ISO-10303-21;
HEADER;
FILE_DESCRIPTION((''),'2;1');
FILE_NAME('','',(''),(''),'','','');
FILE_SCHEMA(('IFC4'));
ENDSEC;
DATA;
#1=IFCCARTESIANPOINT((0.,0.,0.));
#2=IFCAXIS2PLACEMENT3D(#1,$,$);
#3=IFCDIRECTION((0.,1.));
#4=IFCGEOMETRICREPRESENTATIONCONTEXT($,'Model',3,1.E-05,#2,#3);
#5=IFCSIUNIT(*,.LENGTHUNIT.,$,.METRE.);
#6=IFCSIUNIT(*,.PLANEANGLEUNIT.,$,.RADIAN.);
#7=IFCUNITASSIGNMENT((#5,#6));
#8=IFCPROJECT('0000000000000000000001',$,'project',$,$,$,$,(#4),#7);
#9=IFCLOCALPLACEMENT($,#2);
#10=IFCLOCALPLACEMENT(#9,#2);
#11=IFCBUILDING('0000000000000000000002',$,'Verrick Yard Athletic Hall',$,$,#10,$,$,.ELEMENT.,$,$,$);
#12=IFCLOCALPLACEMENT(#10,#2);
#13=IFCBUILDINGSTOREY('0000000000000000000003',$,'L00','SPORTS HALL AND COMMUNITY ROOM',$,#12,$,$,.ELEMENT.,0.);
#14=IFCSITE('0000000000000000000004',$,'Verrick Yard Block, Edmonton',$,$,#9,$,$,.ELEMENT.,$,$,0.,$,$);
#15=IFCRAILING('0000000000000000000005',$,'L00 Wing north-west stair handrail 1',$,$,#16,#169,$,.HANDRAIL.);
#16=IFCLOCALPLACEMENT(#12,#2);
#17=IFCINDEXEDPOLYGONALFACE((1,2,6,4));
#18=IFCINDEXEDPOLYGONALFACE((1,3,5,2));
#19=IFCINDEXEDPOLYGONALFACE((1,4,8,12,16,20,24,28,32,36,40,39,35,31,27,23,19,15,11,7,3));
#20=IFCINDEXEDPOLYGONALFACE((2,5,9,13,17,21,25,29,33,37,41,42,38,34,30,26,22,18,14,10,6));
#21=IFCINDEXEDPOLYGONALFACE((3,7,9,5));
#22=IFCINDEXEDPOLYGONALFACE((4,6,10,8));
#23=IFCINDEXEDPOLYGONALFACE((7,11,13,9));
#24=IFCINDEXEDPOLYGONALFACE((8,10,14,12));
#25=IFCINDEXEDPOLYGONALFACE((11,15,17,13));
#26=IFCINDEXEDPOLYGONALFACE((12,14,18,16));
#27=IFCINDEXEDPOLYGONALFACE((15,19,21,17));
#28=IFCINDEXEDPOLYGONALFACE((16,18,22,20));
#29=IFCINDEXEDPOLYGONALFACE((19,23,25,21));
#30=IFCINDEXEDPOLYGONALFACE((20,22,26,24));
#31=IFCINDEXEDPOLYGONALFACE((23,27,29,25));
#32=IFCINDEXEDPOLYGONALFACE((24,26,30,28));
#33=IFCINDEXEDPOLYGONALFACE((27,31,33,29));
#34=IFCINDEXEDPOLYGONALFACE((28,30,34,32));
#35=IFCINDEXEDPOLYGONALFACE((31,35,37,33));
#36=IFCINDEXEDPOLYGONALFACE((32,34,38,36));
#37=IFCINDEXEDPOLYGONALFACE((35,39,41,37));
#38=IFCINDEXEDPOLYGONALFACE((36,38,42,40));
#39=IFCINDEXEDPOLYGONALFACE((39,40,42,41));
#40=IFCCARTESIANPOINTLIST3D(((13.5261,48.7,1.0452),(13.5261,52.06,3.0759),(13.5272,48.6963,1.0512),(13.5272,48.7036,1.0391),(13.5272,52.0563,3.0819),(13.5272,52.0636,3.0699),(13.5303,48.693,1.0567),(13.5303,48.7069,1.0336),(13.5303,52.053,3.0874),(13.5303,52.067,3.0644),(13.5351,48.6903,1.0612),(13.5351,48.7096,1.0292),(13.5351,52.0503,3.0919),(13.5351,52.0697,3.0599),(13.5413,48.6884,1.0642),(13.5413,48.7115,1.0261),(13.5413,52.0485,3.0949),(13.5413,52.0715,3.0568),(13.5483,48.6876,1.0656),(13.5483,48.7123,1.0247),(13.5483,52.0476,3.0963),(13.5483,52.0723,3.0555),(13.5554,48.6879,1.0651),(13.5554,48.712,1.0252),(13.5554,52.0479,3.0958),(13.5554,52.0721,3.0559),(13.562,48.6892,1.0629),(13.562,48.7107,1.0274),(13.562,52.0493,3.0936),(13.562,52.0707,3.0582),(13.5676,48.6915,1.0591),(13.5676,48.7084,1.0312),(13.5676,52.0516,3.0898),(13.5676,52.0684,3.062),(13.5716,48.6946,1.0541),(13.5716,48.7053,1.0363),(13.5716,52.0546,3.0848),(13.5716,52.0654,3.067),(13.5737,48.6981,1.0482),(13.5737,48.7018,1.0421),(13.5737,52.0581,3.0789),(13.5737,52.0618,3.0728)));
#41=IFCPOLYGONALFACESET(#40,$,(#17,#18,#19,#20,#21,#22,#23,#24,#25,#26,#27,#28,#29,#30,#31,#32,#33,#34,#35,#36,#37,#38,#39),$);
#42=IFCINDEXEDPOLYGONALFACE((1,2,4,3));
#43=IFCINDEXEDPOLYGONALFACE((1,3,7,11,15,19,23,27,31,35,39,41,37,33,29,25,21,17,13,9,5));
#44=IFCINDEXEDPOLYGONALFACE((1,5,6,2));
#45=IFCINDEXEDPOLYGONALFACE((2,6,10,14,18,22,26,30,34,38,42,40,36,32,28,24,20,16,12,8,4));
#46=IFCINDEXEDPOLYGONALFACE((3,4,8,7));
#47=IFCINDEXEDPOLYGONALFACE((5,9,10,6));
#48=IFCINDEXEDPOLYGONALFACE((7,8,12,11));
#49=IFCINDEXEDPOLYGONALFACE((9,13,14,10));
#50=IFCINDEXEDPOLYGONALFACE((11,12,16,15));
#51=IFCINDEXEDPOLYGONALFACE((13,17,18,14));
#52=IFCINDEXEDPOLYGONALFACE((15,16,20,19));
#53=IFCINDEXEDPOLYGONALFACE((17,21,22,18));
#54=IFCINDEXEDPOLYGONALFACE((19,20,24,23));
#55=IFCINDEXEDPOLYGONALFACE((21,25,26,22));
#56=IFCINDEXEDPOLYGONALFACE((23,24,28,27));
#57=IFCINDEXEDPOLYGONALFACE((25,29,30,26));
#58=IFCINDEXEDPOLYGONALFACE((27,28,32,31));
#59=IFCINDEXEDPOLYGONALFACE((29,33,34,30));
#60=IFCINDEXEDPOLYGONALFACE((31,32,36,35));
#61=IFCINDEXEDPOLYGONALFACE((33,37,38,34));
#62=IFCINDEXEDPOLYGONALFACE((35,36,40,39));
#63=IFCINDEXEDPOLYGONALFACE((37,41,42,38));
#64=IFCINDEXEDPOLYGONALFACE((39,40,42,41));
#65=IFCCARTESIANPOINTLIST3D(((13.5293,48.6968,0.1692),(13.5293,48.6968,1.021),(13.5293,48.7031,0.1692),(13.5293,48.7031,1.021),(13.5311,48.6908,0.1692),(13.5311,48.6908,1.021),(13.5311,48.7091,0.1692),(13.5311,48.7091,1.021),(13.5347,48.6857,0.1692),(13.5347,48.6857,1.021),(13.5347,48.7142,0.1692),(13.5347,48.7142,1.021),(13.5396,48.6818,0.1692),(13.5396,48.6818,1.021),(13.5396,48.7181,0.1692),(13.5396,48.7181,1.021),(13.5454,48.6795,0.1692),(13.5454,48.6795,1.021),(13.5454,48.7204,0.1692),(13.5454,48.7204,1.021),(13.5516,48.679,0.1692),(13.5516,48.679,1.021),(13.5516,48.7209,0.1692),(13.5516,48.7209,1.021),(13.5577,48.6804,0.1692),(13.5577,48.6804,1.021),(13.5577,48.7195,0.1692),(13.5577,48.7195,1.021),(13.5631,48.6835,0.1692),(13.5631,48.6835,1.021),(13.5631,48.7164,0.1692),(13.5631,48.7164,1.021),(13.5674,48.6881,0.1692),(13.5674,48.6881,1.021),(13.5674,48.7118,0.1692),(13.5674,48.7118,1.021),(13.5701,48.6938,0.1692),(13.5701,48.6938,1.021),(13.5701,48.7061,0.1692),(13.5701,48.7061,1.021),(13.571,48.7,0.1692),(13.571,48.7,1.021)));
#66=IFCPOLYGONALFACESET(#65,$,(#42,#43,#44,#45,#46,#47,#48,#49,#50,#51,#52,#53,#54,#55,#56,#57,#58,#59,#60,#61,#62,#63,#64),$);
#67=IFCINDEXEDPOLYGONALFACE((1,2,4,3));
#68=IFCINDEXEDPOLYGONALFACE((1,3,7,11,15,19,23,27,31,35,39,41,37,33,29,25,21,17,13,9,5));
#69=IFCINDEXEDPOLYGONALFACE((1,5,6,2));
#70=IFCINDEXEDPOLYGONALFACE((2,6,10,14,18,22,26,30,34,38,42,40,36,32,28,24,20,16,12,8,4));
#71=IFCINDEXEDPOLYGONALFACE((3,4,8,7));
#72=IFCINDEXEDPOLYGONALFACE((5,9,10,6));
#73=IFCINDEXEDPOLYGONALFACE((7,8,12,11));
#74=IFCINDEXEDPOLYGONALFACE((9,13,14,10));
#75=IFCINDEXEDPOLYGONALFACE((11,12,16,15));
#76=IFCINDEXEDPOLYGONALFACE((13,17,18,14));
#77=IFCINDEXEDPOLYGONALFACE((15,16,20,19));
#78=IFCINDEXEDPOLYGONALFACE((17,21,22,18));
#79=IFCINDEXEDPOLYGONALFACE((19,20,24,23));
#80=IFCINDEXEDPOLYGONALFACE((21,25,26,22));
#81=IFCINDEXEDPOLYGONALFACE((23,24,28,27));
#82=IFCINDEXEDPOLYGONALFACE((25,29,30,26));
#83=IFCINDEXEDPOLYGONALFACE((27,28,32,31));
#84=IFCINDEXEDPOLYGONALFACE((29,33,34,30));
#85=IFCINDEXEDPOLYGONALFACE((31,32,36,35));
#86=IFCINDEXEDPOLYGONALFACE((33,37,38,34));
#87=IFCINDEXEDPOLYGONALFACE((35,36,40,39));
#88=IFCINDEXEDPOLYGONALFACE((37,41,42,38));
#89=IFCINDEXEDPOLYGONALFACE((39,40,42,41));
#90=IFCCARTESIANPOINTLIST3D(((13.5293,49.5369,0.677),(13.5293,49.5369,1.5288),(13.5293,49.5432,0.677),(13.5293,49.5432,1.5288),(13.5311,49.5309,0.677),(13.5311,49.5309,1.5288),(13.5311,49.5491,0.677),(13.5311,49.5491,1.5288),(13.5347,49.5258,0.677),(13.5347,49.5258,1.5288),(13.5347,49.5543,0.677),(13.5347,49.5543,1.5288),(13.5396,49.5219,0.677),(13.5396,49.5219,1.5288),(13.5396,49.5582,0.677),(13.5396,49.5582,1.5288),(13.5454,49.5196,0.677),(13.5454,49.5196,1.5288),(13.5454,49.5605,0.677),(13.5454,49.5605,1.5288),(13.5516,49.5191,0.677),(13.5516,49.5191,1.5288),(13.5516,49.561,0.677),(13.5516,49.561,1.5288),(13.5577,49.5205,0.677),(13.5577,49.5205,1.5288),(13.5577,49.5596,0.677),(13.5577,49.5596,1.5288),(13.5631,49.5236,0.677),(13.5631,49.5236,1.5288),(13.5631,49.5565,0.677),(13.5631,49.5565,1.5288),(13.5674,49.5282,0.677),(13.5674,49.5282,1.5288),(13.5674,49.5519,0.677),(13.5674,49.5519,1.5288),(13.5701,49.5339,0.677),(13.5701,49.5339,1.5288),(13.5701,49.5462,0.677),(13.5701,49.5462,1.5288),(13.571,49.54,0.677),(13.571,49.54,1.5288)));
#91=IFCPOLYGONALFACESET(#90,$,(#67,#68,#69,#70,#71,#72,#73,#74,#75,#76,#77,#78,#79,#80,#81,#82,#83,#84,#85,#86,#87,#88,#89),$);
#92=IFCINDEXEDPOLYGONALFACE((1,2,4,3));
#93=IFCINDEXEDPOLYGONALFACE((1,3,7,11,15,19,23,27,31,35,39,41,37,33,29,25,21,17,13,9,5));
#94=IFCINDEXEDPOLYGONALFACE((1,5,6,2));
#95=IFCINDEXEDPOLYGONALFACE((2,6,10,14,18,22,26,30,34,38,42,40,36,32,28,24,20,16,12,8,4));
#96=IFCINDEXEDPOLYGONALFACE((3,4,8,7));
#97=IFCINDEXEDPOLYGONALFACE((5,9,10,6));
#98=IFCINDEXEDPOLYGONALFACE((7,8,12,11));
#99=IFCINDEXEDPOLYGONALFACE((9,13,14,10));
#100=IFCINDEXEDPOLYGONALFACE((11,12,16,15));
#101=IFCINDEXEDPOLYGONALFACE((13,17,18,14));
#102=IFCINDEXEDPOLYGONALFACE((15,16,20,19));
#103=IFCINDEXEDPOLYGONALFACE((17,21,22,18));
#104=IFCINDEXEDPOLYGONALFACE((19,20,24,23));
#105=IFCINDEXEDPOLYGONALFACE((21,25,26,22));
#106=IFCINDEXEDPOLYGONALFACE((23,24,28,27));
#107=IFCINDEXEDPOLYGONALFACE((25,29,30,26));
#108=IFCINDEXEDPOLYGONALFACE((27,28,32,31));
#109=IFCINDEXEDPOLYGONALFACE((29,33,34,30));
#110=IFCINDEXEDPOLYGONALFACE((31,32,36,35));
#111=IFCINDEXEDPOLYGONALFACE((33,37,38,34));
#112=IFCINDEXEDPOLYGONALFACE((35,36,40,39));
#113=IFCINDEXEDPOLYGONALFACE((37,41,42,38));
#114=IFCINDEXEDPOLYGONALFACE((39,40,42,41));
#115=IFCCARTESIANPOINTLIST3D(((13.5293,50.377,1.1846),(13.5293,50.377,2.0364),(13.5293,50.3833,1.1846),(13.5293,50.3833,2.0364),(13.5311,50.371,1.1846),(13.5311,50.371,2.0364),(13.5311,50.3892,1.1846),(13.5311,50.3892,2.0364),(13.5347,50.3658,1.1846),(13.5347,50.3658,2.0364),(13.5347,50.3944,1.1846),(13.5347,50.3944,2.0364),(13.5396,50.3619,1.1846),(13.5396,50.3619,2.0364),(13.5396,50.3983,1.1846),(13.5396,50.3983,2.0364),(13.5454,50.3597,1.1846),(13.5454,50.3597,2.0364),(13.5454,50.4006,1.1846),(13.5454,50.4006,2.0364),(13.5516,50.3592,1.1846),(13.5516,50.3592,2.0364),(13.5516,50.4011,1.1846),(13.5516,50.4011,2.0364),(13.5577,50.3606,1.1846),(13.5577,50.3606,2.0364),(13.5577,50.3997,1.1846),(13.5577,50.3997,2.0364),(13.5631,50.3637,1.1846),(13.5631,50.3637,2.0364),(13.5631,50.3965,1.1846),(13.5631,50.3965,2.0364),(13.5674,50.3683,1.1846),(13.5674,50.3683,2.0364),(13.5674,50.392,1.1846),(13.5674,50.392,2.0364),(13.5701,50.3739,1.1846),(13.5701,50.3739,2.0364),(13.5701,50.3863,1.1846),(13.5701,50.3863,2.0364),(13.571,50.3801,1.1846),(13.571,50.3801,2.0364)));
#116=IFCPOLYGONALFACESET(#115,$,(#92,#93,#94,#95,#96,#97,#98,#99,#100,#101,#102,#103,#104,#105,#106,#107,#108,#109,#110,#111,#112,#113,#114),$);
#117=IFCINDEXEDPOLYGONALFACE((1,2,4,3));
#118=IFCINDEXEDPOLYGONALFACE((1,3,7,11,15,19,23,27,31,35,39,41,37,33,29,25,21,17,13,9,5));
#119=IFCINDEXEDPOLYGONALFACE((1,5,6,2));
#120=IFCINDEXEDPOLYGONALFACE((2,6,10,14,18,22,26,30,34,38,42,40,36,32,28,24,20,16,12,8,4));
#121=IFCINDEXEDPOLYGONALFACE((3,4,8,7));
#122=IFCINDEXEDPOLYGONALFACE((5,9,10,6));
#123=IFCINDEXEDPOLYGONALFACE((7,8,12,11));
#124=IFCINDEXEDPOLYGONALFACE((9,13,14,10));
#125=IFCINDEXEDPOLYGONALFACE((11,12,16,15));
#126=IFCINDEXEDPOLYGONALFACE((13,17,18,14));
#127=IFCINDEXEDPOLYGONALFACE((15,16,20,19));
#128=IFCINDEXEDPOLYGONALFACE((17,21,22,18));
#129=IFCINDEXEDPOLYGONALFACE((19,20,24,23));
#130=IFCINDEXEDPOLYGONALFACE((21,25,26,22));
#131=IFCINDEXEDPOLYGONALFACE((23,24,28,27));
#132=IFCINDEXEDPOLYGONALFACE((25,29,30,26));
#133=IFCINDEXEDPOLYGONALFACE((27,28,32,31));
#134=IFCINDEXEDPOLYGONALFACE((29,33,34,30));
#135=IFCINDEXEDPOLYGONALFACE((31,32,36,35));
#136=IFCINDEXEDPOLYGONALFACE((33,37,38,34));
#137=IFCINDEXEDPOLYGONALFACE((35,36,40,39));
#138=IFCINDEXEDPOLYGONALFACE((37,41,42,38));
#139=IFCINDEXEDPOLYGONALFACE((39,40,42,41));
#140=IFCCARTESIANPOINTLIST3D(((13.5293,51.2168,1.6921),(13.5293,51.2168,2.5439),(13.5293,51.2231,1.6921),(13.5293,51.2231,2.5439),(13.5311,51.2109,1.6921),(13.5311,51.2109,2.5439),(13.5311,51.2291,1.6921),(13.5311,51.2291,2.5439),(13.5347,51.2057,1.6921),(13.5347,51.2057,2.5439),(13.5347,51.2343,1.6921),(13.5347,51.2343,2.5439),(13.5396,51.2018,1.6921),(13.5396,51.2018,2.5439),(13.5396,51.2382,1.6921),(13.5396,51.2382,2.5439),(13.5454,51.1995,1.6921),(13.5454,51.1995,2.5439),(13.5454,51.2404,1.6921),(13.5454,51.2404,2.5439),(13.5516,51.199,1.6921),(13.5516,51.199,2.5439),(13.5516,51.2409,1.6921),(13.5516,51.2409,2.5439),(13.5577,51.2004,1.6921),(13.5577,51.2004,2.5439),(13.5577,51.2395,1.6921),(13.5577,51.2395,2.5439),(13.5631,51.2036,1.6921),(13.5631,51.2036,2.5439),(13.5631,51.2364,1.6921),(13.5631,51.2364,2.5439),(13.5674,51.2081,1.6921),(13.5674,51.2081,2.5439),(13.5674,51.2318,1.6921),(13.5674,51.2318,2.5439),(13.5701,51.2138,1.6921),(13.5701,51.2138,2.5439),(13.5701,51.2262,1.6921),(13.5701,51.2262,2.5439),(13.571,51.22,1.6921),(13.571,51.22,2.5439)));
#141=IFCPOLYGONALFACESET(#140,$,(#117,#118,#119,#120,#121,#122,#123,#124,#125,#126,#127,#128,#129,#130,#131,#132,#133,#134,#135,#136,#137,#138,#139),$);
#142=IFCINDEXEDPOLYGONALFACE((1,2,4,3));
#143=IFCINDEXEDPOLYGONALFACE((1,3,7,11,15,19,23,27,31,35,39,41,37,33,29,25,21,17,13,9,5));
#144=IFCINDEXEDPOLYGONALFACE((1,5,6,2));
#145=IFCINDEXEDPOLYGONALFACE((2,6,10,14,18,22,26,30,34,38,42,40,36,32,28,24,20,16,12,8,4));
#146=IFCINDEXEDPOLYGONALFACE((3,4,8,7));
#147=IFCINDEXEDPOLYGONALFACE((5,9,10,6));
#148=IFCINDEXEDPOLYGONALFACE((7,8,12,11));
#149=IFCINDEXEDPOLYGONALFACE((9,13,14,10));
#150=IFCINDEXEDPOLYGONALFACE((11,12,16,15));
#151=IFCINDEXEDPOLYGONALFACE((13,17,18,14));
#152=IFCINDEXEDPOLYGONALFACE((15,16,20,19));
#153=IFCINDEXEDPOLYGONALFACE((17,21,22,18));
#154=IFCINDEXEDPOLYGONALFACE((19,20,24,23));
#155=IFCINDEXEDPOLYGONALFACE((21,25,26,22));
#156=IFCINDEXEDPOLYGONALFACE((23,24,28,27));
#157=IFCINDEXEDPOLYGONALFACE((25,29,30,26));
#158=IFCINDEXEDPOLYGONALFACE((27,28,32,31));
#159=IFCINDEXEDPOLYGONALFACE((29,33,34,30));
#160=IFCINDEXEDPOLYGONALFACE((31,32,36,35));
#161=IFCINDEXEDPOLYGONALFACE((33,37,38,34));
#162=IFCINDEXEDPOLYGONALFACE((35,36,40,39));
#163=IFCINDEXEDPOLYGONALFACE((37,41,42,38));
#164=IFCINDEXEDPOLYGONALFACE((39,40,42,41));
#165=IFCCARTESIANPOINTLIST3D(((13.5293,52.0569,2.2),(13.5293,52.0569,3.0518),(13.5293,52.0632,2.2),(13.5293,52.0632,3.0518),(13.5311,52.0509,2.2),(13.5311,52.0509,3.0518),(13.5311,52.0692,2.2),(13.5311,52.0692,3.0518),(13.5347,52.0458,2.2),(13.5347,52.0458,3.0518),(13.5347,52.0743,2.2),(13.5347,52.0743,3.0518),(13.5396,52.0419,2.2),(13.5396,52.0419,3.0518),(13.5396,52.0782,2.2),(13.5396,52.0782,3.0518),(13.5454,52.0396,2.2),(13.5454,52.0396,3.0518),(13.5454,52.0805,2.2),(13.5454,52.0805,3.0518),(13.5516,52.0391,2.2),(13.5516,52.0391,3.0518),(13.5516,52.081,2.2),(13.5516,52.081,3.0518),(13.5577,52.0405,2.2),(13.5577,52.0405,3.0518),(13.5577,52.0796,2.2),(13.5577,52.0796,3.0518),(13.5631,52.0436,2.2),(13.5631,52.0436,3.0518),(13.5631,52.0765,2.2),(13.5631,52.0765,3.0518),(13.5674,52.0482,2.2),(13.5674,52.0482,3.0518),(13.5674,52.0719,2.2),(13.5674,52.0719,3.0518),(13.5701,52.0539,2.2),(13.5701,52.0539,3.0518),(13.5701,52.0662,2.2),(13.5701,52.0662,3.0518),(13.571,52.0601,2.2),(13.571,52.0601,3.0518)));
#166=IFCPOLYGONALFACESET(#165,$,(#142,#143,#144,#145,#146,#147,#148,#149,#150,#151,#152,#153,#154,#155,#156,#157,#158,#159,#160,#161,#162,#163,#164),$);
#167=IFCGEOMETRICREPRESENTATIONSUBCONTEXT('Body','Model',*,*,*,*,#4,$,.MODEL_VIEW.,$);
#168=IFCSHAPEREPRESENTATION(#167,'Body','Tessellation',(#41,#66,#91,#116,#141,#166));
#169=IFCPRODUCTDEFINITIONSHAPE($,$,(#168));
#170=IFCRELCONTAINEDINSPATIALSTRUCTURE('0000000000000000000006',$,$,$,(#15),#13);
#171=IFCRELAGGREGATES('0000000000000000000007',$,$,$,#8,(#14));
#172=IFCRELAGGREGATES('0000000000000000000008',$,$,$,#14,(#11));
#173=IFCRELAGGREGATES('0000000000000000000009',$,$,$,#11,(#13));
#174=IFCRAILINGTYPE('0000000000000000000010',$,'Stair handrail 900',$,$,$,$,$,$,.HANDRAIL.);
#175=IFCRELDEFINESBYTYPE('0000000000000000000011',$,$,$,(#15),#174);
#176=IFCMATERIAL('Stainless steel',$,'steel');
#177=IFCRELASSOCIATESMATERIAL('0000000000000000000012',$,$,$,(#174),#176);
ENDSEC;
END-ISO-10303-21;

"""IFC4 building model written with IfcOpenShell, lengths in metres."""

from ifc_helpers import new_model, si_unit, direction, frame, origin, origin_2d, place, context, subcontext, project, spatial, circle, extrude, material, type_object, element, save


model = new_model("IFC4")

# Units and contexts
model_context = context("Model", 3, precision=1e-05, world=origin(), true_north=direction((0.0, 1.0)))
body_context = subcontext(model_context, "Body", "Model", "MODEL_VIEW")
ifc_project = project(units=[si_unit("LENGTHUNIT", "METRE"), si_unit("PLANEANGLEUNIT", "RADIAN")], contexts=[model_context])

# Site, building, storey
site_placement = place(None, origin())
site = spatial("IfcSite", under=ifc_project, at=site_placement, Name="Verrick Yard Block, Edmonton", CompositionType="ELEMENT", RefElevation=0.0)
building_placement = place(site_placement, origin())
building = spatial("IfcBuilding", under=site, at=building_placement, Name="Verrick Yard Athletic Hall", CompositionType="ELEMENT")
storey_placement = place(building_placement, origin())
storey = spatial("IfcBuildingStorey", under=building, at=storey_placement, Name="L00", Description="SPORTS HALL AND COMMUNITY ROOM", CompositionType="ELEMENT", Elevation=0.0)

# Railing
ifc_material_1 = material(Name="Stainless steel", Category="steel")
railing_type_1 = type_object("IfcRailingType", Name="Stair handrail 900", PredefinedType="HANDRAIL", material=ifc_material_1)
railing_1_placement = place(storey_placement, frame((13.55, 48.7, 0.1692)))
element("IfcRailing", 1, at=railing_1_placement, inside=storey, type_object=railing_type_1, Name="L00 Wing north-west stair handrail 1", PredefinedType="HANDRAIL", context=body_context, shape_type="SweptSolid", body=[
    extrude(circle(Radius=0.0239, at=origin_2d()), frame((0.0, 0.0, 0.876), z_axis=(0.0, 0.855837, 0.517246), x_axis=(-1.0, 0.0, 0.0)), (0.0, 0.0, 1.0), 3.926),
    extrude(circle(Radius=0.021, at=origin_2d()), origin(), (0.0, 0.0, 1.0), 0.8518),
    extrude(circle(Radius=0.021, at=origin_2d()), frame((0.0, 0.8401, 0.5078)), (0.0, 0.0, 1.0), 0.8518),
    extrude(circle(Radius=0.021, at=origin_2d()), frame((0.0, 1.6802, 1.0154)), (0.0, 0.0, 1.0), 0.8518),
    extrude(circle(Radius=0.021, at=origin_2d()), frame((0.0, 2.52, 1.5229)), (0.0, 0.0, 1.0), 0.8518),
    extrude(circle(Radius=0.021, at=origin_2d()), frame((0.0, 3.3601, 2.0308)), (0.0, 0.0, 1.0), 0.8518),
])

save(model, "model.ifc")
